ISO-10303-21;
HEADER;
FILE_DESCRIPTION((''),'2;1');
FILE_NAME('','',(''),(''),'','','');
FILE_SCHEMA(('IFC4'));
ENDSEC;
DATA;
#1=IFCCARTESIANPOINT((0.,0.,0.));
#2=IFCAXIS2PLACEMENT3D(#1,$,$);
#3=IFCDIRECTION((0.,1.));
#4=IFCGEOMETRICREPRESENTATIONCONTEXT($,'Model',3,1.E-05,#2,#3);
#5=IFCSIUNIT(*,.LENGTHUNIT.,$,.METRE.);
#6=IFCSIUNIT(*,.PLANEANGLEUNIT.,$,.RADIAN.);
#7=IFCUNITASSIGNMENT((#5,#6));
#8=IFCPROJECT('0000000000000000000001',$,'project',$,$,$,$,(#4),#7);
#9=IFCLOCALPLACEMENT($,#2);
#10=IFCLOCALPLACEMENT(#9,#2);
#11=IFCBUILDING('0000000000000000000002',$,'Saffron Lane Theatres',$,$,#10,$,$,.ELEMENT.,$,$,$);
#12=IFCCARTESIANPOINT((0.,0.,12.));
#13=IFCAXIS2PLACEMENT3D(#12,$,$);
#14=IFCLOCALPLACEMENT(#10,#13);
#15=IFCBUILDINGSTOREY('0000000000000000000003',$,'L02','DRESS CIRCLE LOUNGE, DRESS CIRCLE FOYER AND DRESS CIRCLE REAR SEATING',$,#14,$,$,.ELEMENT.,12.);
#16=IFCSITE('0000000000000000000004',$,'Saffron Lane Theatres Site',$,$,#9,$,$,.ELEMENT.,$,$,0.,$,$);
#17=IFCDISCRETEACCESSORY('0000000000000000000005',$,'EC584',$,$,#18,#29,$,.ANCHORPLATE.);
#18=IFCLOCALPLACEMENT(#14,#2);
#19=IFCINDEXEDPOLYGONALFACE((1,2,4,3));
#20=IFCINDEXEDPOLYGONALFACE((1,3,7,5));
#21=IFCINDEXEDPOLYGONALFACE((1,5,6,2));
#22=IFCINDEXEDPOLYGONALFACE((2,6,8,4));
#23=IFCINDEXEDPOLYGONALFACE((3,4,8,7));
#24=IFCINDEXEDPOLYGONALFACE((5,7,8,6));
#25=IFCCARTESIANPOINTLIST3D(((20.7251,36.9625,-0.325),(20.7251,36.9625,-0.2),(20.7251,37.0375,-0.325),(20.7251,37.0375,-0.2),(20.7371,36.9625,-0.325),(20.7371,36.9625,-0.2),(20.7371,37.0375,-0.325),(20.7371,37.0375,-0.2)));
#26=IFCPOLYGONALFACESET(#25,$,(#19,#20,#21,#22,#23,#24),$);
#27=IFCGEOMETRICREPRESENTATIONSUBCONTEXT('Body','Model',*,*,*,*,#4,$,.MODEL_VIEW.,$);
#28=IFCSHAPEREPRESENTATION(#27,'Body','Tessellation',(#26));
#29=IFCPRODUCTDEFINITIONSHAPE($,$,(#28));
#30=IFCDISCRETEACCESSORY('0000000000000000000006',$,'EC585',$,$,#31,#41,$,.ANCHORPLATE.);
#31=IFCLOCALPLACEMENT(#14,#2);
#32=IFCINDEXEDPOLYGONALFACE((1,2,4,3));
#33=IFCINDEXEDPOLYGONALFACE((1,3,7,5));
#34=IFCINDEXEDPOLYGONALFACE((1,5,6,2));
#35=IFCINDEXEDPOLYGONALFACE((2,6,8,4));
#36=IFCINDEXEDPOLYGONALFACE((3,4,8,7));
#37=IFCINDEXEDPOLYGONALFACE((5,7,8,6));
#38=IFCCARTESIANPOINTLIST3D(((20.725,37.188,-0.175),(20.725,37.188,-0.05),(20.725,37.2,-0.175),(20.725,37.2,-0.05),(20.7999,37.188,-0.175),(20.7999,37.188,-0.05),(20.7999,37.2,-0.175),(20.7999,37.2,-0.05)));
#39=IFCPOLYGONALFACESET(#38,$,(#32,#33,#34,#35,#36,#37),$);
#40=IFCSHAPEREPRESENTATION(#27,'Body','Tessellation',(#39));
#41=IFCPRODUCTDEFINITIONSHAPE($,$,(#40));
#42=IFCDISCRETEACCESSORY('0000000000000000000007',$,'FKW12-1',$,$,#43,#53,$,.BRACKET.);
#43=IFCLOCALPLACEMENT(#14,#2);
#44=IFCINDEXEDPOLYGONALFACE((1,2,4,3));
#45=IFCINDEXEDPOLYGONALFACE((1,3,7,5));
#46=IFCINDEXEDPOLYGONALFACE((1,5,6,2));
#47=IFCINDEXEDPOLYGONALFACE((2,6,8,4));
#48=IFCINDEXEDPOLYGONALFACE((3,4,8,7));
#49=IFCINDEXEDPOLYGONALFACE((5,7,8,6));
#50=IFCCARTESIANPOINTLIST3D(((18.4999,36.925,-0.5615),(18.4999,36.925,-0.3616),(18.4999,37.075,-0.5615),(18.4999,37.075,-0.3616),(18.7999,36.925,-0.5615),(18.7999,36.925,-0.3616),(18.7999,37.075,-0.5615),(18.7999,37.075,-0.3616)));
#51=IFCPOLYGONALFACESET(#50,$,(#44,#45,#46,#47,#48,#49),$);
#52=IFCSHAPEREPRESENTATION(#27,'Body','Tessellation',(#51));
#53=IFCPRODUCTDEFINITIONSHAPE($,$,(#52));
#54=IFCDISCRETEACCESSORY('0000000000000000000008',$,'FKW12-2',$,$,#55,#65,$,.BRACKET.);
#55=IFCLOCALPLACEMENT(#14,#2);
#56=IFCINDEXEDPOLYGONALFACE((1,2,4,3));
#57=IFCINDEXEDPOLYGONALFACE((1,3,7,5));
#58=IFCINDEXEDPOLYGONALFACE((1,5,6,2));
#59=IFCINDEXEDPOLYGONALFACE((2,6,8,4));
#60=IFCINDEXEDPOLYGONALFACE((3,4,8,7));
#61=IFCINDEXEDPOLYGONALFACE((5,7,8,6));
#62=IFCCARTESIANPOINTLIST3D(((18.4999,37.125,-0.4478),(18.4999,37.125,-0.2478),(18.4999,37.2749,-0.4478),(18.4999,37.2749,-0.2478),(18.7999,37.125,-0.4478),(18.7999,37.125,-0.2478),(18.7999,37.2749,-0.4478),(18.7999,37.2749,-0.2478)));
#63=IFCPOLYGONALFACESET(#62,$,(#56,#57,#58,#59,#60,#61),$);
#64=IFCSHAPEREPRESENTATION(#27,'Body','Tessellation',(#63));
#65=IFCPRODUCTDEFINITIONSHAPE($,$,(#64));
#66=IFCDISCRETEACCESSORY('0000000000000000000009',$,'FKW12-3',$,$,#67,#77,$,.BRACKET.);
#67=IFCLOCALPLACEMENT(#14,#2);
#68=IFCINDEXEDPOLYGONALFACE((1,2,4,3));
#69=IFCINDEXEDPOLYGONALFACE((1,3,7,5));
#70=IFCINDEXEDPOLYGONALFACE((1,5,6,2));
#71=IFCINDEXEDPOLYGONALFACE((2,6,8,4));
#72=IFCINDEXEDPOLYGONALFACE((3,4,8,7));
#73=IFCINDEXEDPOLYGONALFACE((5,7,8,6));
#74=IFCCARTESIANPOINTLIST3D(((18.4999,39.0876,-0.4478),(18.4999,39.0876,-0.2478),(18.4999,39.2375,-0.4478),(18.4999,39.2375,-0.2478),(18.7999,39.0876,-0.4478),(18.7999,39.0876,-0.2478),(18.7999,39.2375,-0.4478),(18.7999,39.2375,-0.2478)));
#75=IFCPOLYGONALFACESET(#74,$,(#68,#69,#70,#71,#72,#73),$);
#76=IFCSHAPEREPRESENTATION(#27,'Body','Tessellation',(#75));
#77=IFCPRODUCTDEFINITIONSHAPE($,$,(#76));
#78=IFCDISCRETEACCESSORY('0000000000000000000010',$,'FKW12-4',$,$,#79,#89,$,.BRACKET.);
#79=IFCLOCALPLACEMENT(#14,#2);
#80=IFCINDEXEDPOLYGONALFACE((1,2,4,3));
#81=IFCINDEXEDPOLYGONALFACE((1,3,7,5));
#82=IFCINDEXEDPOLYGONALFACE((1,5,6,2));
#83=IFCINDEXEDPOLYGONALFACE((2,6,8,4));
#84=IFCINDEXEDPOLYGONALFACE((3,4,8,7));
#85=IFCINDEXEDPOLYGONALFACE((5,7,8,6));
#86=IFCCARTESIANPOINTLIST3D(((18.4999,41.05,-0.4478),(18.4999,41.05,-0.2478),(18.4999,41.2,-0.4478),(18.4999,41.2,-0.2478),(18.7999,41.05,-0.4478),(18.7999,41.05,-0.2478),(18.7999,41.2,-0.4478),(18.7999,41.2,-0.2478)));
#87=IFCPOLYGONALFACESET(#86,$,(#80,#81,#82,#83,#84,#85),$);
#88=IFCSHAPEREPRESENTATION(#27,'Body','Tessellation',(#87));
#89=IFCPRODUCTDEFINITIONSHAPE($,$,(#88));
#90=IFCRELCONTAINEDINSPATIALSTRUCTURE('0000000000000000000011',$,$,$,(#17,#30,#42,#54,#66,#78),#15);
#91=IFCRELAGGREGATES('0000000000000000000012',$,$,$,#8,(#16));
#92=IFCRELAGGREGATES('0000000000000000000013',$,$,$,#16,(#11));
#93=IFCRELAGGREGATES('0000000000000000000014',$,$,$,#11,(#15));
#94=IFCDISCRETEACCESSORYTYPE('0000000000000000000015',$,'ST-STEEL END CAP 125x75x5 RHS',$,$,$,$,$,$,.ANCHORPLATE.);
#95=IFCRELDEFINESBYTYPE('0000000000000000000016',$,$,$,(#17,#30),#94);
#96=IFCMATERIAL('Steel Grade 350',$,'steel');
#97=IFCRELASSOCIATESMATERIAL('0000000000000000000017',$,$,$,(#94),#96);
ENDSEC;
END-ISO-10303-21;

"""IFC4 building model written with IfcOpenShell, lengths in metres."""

from ifc_helpers import new_model, si_unit, direction, frame, origin, origin_2d, place, context, subcontext, project, spatial, rectangle, extrude, material, material_profile, profile_set, type_object, element, save


model = new_model("IFC4")

# Units and contexts
model_context = context("Model", 3, precision=1e-05, world=origin(), true_north=direction((0.0, 1.0)))
body_context = subcontext(model_context, "Body", "Model", "MODEL_VIEW")
ifc_project = project(units=[si_unit("LENGTHUNIT", "METRE"), si_unit("PLANEANGLEUNIT", "RADIAN")], contexts=[model_context])

# Site, building, storey
site_placement = place(None, origin())
site = spatial("IfcSite", under=ifc_project, at=site_placement, Name="Saffron Lane Theatres Site", CompositionType="ELEMENT", RefElevation=0.0)
building_placement = place(site_placement, origin())
building = spatial("IfcBuilding", under=site, at=building_placement, Name="Saffron Lane Theatres", CompositionType="ELEMENT")
storey_placement = place(building_placement, frame((0.0, 0.0, 12.0)))
storey = spatial("IfcBuildingStorey", under=building, at=storey_placement, Name="L02", Description="DRESS CIRCLE LOUNGE, DRESS CIRCLE FOYER AND DRESS CIRCLE REAR SEATING", CompositionType="ELEMENT", Elevation=12.0)

# Discrete accessories
ifc_material_1 = material(Name="Steel Grade 350", Category="steel")
ifc_material_profile_1 = material_profile(ifc_material_1, rectangle(XDim=0.075, YDim=0.125, at=origin_2d()))
ifc_profile_set_1 = profile_set([ifc_material_profile_1], Name="Steel Grade 350")
discrete_accessory_type = type_object("IfcDiscreteAccessoryType", Name="ST-STEEL END CAP 125x75x5 RHS", PredefinedType="ANCHORPLATE", material=ifc_profile_set_1)
for number, where, z_axis, x_axis, name in (
    (1, (20.7251, 37.0, -0.2625), (1.0, 0.0, 0.0), (0.0, 1.0, 0.0), "EC584"),
    (2, (20.7625, 37.188, -0.1125), (0.0, 1.0, 0.0), (-1.0, 0.0, 0.0), "EC585"),
):
    element("IfcDiscreteAccessory", number, at=place(storey_placement, frame(where, z_axis=z_axis, x_axis=x_axis)), inside=storey, type_object=discrete_accessory_type, Name=name, PredefinedType="ANCHORPLATE", context=body_context, shape_type="SweptSolid", body=[
        extrude(rectangle(XDim=0.075, YDim=0.125, at=origin_2d()), origin(), (0.0, 0.0, 1.0), 0.012),
    ])
for number, where, z_axis, x_axis, name in (
    (3, (18.6499, 37.0, -0.5615), (0.0, 0.0, 1.0), (1.0, 0.0, 0.0), "FKW12-1"),
    (4, (18.6499, 37.2, -0.4478), (0.0, 0.0, 1.0), (1.0, 0.0, 0.0), "FKW12-2"),
    (5, (18.6499, 39.1626, -0.4478), (0.0, 0.0, 1.0), (1.0, 0.0, 0.0), "FKW12-3"),
    (6, (18.6499, 41.125, -0.4478), (0.0, 0.0, 1.0), (1.0, 0.0, 0.0), "FKW12-4"),
):
    element("IfcDiscreteAccessory", number, at=place(storey_placement, frame(where, z_axis=z_axis, x_axis=x_axis)), inside=storey, Name=name, PredefinedType="BRACKET", context=body_context, shape_type="SweptSolid", body=[
        extrude(rectangle(XDim=0.3, YDim=0.1499, at=origin_2d()), origin(), (0.0, 0.0, 1.0), 0.2),
    ])

save(model, "model.ifc")
